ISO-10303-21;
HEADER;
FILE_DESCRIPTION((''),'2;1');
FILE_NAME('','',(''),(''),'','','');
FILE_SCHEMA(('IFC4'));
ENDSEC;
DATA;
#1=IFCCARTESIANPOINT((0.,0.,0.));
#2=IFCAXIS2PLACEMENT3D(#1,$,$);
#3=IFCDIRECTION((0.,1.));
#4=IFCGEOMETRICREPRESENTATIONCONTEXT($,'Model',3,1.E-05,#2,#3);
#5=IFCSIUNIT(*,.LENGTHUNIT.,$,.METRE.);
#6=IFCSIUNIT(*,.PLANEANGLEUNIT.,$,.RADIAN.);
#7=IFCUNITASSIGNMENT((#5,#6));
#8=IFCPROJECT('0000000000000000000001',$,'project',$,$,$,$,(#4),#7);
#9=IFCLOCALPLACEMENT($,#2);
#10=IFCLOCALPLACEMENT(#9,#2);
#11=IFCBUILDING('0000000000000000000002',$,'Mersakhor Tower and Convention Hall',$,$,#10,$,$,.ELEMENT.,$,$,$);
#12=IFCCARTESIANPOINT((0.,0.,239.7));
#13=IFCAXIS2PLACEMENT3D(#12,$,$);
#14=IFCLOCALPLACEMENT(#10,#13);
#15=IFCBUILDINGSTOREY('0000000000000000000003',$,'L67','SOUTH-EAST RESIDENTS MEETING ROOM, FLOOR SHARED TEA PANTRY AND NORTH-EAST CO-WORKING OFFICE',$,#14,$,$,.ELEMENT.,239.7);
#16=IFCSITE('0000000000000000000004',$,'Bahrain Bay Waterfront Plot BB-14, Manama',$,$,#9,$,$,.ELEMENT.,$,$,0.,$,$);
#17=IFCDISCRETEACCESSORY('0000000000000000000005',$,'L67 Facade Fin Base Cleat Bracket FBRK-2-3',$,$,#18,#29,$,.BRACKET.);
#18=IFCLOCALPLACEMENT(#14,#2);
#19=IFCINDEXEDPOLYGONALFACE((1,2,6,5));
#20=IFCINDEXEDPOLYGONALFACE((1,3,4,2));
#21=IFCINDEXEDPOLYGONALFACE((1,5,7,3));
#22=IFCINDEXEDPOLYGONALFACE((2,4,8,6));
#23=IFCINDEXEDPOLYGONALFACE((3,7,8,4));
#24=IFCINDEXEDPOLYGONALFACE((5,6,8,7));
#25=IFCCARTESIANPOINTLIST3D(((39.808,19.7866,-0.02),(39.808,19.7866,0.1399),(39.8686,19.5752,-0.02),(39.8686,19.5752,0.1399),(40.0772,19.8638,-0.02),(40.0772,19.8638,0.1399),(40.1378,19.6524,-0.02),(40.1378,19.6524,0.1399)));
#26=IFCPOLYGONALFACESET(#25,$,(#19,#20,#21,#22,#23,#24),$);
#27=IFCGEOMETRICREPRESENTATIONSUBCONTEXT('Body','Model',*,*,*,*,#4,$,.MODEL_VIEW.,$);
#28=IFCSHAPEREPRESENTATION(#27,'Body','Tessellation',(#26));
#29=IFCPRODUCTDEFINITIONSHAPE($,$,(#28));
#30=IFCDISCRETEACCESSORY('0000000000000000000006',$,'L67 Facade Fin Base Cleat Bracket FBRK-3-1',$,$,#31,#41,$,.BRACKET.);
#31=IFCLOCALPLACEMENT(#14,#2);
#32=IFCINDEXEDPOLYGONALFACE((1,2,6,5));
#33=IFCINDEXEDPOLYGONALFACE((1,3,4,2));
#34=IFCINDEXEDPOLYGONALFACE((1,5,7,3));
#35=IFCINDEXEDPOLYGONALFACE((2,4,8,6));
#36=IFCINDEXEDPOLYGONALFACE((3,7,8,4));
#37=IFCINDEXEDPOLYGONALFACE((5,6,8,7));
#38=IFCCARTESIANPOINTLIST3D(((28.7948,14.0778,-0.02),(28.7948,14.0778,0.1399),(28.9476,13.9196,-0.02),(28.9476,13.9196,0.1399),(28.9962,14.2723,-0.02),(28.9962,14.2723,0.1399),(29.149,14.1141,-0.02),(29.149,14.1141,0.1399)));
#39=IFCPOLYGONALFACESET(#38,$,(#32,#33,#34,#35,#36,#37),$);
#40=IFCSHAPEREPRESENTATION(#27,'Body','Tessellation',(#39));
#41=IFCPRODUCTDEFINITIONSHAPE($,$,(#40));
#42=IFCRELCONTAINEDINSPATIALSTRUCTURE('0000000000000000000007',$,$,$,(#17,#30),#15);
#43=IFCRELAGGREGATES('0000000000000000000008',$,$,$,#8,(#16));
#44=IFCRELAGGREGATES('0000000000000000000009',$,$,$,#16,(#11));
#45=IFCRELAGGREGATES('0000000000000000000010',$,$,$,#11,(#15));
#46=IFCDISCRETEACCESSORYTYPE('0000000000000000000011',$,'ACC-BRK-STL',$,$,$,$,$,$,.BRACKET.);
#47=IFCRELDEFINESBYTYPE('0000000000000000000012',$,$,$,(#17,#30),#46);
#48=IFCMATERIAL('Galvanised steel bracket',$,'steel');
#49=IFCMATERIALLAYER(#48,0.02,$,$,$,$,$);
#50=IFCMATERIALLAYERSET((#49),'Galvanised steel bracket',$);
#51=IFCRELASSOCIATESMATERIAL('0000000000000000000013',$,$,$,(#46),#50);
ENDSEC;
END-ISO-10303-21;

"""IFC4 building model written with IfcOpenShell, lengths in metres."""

from ifc_helpers import new_model, si_unit, direction, frame, origin, origin_2d, place, context, subcontext, project, spatial, rectangle, extrude, material, layer, layer_set, type_object, element, save


model = new_model("IFC4")

# Units and contexts
model_context = context("Model", 3, precision=1e-05, world=origin(), true_north=direction((0.0, 1.0)))
body_context = subcontext(model_context, "Body", "Model", "MODEL_VIEW")
ifc_project = project(units=[si_unit("LENGTHUNIT", "METRE"), si_unit("PLANEANGLEUNIT", "RADIAN")], contexts=[model_context])

# Site, building, storey
site_placement = place(None, origin())
site = spatial("IfcSite", under=ifc_project, at=site_placement, Name="Bahrain Bay Waterfront Plot BB-14, Manama", CompositionType="ELEMENT", RefElevation=0.0)
building_placement = place(site_placement, origin())
building = spatial("IfcBuilding", under=site, at=building_placement, Name="Mersakhor Tower and Convention Hall", CompositionType="ELEMENT")
storey_placement = place(building_placement, frame((0.0, 0.0, 239.7)))
storey = spatial("IfcBuildingStorey", under=building, at=storey_placement, Name="L67", Description="SOUTH-EAST RESIDENTS MEETING ROOM, FLOOR SHARED TEA PANTRY AND NORTH-EAST CO-WORKING OFFICE", CompositionType="ELEMENT", Elevation=239.7)

# Discrete accessories
ifc_material_1 = material(Name="Galvanised steel bracket", Category="steel")
ifc_layer_1 = layer(ifc_material_1, 0.02)
ifc_layer_set_1 = layer_set([ifc_layer_1], Name="Galvanised steel bracket")
discrete_accessory_type = type_object("IfcDiscreteAccessoryType", Name="ACC-BRK-STL", PredefinedType="BRACKET", material=ifc_layer_set_1)
for number, where, z_axis, x_axis, name in (
    (1, (39.9729, 19.7195, -0.02), (0.0, 0.0, 1.0), (0.961262, 0.275637, 0.0), "L67 Facade Fin Base Cleat Bracket FBRK-2-3"),
    (2, (28.9719, 14.0959, -0.02), (0.0, 0.0, 1.0), (-0.71934, -0.694658, 0.0), "L67 Facade Fin Base Cleat Bracket FBRK-3-1"),
):
    element("IfcDiscreteAccessory", number, at=place(storey_placement, frame(where, z_axis=z_axis, x_axis=x_axis)), inside=storey, type_object=discrete_accessory_type, Name=name, PredefinedType="BRACKET", context=body_context, shape_type="SweptSolid", body=[
        extrude(rectangle(XDim=0.28, YDim=0.22, at=origin_2d()), origin(), (0.0, 0.0, 1.0), 0.1599),
    ])

save(model, "model.ifc")
